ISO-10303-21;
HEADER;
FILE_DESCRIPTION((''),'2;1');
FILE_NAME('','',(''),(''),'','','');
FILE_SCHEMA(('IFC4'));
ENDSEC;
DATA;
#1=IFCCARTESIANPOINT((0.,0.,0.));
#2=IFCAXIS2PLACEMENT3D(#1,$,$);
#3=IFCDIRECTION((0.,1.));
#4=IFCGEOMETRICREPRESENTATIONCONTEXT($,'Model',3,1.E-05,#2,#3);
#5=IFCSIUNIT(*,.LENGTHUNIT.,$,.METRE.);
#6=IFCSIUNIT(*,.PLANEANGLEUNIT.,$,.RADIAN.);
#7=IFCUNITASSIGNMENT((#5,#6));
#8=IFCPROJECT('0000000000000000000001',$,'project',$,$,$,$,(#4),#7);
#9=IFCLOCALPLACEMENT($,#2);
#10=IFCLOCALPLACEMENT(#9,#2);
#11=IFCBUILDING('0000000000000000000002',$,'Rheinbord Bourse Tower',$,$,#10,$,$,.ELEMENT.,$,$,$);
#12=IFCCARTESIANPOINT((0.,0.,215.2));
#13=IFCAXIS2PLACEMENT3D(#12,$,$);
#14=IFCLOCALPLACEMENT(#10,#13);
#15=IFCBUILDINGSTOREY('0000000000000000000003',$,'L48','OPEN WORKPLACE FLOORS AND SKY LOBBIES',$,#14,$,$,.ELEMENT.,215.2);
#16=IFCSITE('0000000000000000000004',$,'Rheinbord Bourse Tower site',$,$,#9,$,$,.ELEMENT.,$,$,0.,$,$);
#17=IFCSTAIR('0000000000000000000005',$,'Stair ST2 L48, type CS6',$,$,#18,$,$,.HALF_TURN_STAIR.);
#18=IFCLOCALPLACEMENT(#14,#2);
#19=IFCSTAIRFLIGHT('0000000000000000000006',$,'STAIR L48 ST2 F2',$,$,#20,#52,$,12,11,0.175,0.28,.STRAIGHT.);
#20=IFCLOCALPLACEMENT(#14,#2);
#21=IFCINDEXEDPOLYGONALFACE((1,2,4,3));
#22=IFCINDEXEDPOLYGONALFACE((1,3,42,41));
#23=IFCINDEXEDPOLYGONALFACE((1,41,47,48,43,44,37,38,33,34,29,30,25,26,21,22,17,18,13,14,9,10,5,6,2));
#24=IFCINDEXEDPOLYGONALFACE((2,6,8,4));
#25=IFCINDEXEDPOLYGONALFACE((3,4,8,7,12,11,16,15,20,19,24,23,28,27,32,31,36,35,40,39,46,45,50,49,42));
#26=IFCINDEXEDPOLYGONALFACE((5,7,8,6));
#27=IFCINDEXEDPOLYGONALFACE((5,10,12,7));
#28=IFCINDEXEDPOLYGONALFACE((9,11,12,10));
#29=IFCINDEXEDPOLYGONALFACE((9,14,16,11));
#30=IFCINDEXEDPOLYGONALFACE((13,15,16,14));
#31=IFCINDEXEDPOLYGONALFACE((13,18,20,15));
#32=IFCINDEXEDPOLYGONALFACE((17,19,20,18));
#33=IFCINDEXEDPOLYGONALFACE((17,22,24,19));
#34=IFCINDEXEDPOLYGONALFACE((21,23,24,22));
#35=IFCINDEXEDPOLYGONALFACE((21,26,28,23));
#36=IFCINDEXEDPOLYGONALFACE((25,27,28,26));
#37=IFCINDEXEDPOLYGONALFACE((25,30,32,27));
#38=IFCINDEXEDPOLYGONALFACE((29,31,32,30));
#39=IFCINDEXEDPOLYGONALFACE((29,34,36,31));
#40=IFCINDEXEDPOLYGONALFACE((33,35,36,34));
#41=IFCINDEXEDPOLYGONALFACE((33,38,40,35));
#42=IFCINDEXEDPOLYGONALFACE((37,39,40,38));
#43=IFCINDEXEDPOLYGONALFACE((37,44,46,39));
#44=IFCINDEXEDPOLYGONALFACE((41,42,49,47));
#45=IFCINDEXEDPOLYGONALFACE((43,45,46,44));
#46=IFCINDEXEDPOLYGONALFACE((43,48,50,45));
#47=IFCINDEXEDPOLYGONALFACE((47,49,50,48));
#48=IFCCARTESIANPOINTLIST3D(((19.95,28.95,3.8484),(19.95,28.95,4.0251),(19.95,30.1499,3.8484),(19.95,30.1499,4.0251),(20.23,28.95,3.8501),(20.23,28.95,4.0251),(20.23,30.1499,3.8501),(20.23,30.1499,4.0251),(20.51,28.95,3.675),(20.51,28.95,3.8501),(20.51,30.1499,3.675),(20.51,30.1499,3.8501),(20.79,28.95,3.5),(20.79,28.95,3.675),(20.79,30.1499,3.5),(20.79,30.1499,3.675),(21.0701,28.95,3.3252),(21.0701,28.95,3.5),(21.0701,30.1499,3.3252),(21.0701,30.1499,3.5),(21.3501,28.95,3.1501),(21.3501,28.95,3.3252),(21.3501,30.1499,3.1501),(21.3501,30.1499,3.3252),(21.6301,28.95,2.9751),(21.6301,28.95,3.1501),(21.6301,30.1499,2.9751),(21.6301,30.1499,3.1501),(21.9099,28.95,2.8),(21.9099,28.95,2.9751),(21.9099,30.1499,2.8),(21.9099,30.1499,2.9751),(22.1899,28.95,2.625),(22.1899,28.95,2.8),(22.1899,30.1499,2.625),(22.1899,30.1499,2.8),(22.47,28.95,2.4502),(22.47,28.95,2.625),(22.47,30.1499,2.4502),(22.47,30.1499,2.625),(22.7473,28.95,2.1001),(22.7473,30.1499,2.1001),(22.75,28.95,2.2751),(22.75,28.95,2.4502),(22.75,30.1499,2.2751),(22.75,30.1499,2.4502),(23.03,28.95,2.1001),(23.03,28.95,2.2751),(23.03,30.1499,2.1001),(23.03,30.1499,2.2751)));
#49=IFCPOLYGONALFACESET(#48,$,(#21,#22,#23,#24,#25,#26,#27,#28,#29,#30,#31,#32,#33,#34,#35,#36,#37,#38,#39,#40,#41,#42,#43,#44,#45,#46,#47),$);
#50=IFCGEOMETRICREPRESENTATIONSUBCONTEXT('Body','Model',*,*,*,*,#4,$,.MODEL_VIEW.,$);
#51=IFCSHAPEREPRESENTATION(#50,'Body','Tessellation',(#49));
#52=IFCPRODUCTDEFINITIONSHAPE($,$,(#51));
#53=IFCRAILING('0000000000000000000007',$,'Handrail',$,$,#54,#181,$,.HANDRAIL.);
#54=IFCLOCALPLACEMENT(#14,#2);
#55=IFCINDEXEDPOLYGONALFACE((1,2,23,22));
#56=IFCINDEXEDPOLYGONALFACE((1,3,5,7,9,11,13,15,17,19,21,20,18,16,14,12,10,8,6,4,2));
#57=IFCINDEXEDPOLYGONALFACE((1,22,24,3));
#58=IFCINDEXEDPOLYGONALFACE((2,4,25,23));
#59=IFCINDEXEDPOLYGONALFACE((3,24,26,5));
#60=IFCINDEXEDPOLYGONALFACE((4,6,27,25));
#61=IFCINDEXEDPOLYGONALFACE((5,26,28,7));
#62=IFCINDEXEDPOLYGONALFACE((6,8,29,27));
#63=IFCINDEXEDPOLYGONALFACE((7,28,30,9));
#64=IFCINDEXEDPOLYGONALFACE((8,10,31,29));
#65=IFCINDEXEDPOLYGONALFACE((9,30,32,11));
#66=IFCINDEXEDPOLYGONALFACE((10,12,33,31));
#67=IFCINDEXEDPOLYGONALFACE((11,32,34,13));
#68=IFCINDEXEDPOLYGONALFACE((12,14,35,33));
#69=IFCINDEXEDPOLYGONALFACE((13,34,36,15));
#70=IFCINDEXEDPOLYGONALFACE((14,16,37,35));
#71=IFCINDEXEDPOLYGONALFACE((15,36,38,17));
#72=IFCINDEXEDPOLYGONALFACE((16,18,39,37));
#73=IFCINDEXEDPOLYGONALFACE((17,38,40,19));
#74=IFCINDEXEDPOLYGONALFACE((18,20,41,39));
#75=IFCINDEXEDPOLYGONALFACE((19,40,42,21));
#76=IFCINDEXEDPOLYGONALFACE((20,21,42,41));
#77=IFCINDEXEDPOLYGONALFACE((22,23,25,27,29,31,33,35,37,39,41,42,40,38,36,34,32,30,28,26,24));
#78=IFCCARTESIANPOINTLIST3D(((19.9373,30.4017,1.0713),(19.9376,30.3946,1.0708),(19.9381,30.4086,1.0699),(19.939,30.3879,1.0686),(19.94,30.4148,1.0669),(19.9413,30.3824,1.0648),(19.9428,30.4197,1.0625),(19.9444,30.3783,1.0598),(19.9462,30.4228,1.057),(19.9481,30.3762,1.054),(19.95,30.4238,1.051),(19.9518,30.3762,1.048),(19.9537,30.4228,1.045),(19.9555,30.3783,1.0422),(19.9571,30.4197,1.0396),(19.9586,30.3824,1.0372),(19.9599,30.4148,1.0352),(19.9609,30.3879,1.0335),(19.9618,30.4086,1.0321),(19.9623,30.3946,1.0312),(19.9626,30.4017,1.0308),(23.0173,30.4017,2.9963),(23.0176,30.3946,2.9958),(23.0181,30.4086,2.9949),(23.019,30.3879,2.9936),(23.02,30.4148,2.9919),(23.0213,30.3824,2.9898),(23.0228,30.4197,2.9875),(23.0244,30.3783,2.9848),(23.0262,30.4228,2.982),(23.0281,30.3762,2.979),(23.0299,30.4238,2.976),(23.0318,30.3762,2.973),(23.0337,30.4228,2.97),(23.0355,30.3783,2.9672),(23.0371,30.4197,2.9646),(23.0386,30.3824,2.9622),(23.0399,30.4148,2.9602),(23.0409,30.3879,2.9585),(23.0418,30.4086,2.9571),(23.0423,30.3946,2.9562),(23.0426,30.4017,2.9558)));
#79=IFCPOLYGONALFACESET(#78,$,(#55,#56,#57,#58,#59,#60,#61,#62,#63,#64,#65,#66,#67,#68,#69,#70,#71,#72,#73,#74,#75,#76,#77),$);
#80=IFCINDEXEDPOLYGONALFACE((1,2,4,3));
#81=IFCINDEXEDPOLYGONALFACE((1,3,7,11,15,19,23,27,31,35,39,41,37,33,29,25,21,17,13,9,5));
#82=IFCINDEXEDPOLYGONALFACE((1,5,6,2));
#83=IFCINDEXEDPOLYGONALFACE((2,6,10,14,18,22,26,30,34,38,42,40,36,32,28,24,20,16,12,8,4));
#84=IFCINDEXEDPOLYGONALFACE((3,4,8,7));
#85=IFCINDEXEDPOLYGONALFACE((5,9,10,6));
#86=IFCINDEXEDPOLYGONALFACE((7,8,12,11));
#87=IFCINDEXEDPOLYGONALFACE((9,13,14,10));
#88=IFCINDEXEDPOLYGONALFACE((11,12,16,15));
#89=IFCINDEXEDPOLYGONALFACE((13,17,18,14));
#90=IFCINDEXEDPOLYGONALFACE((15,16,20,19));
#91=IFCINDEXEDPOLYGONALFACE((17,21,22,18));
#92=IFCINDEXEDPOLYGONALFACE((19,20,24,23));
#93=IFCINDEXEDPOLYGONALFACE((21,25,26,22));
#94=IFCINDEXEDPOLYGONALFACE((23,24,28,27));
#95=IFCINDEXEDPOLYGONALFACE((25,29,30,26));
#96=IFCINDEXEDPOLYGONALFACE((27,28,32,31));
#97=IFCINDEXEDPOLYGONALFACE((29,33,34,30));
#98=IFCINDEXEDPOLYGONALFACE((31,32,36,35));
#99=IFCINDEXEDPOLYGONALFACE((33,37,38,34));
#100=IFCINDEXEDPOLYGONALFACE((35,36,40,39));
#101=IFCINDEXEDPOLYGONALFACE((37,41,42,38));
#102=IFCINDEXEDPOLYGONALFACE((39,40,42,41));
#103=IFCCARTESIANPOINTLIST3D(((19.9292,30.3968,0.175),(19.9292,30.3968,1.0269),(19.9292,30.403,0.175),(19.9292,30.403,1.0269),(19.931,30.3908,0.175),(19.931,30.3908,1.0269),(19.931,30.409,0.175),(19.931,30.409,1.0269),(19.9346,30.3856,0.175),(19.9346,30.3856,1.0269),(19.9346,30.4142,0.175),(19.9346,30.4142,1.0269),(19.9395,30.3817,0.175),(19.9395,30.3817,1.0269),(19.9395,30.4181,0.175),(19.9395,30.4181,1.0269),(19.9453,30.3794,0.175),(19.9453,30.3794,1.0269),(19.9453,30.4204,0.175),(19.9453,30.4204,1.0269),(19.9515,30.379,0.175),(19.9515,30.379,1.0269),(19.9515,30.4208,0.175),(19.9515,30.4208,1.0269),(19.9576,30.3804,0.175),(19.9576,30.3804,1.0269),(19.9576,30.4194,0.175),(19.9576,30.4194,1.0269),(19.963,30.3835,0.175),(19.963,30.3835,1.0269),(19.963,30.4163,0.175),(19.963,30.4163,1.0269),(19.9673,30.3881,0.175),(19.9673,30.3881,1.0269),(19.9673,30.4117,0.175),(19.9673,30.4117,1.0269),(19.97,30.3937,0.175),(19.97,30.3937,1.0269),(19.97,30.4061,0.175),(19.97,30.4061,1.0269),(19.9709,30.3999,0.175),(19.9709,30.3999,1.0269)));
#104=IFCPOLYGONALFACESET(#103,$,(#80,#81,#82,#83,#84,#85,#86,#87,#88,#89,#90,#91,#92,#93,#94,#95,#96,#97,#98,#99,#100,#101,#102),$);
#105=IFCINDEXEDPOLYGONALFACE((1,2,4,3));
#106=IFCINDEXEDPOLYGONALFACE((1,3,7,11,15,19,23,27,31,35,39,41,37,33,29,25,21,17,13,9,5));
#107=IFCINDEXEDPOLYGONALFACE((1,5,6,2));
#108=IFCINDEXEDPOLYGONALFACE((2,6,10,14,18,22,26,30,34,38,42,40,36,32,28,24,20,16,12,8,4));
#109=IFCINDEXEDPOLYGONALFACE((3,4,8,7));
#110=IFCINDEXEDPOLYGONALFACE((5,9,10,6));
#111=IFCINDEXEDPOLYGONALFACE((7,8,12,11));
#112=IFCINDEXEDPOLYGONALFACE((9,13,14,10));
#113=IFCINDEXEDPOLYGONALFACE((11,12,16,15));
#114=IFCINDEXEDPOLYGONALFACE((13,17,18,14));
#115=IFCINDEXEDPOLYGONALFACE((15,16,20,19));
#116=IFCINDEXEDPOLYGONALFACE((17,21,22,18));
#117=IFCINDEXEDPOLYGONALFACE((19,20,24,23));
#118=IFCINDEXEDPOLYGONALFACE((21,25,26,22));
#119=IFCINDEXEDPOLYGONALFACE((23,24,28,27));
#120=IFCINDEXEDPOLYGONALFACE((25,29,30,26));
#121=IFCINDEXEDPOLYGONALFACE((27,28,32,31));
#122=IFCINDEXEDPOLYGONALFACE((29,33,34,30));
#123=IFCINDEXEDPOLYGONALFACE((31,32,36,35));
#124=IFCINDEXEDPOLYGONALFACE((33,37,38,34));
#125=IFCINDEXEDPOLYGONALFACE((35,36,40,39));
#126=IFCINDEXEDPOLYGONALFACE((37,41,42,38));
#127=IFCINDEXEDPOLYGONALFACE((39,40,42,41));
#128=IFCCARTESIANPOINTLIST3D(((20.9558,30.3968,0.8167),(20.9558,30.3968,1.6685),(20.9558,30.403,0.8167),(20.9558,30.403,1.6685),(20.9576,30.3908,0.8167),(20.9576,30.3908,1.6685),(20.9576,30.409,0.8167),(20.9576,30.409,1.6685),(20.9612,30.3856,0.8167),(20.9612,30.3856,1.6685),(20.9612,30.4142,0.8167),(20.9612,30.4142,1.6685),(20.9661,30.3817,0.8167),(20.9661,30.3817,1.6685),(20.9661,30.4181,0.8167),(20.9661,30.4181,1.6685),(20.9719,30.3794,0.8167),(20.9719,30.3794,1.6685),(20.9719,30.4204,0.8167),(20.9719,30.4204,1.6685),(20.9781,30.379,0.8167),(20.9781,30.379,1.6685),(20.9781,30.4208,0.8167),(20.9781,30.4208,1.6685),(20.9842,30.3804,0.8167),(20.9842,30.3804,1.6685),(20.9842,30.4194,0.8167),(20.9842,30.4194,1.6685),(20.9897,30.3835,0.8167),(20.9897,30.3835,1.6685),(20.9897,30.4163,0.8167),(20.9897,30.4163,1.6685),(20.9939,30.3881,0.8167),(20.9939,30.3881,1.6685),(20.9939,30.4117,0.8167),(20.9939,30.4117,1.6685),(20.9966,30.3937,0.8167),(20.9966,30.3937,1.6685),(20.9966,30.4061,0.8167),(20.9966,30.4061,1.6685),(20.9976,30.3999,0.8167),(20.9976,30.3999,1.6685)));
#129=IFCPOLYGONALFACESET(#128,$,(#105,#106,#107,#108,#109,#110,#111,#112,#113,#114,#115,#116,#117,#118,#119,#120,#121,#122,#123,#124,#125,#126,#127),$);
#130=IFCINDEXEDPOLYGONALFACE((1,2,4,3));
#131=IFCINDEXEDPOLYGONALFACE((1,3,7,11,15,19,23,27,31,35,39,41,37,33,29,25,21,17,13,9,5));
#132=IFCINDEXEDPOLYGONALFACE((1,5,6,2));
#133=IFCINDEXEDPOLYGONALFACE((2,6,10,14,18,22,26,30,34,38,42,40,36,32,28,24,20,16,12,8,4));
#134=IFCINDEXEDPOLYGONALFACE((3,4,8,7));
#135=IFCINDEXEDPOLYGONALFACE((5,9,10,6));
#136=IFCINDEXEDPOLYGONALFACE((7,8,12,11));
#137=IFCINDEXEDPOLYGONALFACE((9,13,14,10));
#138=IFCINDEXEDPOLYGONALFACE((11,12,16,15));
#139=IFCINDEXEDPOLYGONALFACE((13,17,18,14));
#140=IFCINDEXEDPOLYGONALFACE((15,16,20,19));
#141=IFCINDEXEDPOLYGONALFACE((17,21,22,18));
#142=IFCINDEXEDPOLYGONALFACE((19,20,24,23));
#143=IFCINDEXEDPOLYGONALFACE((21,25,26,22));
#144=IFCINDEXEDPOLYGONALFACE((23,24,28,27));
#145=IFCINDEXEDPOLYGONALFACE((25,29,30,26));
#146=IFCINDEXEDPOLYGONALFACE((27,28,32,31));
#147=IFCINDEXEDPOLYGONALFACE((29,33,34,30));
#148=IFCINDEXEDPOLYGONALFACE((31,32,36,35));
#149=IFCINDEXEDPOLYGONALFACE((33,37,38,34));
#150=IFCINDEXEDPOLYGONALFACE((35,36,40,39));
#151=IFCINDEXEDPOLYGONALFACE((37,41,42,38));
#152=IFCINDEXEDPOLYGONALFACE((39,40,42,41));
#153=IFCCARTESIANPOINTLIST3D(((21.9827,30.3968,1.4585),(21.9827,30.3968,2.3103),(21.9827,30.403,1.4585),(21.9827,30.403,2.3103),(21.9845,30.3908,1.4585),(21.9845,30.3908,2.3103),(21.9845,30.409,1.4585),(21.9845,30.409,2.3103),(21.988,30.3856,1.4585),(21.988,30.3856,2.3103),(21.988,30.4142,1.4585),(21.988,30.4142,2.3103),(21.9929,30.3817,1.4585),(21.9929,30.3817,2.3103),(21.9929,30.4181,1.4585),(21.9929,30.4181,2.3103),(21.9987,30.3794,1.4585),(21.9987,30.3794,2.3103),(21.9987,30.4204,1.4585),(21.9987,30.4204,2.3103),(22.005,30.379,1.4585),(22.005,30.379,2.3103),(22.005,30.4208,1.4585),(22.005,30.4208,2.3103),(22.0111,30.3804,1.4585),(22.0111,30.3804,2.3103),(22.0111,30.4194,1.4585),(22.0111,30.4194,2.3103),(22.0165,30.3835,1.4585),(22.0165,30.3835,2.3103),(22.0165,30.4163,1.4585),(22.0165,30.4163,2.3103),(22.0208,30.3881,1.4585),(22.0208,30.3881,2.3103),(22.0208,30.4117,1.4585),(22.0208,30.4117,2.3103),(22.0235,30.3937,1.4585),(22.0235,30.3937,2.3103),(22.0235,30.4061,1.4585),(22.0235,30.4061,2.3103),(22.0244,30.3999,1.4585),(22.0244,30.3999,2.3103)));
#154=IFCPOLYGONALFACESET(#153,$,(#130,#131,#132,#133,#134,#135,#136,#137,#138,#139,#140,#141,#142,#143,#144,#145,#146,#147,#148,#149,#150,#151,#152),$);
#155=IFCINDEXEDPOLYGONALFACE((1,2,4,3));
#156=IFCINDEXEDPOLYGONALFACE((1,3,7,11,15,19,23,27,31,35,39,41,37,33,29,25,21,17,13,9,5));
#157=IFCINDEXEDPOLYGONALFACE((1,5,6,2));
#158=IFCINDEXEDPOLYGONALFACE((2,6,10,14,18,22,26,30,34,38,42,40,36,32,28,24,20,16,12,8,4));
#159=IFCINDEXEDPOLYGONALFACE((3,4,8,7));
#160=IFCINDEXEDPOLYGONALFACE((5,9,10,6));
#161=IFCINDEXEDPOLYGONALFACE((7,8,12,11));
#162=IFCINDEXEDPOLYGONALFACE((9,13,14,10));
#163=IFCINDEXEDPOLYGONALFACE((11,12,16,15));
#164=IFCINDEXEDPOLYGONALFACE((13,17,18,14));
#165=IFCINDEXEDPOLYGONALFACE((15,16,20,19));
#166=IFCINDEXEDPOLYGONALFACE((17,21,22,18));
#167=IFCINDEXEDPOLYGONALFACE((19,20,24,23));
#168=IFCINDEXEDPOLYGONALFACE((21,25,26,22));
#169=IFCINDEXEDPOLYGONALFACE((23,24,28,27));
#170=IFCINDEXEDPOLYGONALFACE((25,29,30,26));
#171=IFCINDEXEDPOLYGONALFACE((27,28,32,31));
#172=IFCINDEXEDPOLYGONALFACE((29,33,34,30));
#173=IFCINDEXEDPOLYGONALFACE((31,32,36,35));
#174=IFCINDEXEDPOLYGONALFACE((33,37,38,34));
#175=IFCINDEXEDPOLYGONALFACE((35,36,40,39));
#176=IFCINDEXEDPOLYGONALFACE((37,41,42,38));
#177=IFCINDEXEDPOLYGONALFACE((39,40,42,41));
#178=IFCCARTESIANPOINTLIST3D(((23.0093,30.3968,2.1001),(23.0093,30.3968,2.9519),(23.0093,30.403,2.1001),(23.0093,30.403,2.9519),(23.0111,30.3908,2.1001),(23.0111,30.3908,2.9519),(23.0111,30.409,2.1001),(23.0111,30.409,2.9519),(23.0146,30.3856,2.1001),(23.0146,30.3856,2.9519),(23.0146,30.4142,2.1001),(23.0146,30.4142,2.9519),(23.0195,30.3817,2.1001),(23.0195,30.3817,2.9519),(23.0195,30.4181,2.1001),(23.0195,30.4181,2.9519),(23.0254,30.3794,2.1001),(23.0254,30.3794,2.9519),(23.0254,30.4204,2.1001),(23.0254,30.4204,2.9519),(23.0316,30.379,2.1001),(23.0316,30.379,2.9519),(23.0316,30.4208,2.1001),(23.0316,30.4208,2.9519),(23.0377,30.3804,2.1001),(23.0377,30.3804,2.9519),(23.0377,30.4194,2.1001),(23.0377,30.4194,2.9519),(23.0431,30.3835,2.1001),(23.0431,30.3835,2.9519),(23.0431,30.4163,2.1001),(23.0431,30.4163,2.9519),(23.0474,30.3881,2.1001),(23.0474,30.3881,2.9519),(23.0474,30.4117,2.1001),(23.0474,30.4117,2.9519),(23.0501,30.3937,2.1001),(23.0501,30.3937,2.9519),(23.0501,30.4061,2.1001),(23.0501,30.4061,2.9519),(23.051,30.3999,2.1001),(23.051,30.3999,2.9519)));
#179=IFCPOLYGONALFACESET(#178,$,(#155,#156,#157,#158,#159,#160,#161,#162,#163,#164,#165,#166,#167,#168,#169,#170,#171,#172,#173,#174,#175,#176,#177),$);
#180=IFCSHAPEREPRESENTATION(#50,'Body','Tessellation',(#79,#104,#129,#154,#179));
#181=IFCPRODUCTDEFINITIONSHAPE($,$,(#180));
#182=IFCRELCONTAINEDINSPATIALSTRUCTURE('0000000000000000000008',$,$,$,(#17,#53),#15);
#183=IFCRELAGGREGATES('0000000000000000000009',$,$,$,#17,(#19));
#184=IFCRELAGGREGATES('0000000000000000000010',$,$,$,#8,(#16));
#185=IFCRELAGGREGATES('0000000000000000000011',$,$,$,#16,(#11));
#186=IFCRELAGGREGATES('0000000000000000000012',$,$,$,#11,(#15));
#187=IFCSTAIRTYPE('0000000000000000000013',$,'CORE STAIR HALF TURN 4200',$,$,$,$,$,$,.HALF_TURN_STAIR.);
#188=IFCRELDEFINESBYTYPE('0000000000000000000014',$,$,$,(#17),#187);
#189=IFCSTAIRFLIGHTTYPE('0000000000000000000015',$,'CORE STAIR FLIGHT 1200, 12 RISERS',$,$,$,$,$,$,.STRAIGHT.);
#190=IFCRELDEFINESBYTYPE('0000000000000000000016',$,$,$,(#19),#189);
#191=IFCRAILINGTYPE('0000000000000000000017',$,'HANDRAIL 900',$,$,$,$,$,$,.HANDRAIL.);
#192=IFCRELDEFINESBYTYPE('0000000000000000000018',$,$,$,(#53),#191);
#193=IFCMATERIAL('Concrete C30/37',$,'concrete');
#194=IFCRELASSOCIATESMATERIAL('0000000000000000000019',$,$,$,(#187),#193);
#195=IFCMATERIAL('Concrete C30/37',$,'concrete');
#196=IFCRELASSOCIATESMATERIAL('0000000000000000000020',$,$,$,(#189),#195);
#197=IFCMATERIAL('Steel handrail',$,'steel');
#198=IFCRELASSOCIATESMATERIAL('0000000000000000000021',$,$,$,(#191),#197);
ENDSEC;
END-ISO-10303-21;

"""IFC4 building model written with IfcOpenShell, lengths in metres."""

from ifc_helpers import new_model, si_unit, direction, frame, origin, origin_2d, place, context, subcontext, project, spatial, polyline, circle, outline, extrude, material, type_object, element, aggregate, save


model = new_model("IFC4")

# Units and contexts
model_context = context("Model", 3, precision=1e-05, world=origin(), true_north=direction((0.0, 1.0)))
body_context = subcontext(model_context, "Body", "Model", "MODEL_VIEW")
ifc_project = project(units=[si_unit("LENGTHUNIT", "METRE"), si_unit("PLANEANGLEUNIT", "RADIAN")], contexts=[model_context])

# Site, building, storey
site_placement = place(None, origin())
site = spatial("IfcSite", under=ifc_project, at=site_placement, Name="Rheinbord Bourse Tower site", CompositionType="ELEMENT", RefElevation=0.0)
building_placement = place(site_placement, origin())
building = spatial("IfcBuilding", under=site, at=building_placement, Name="Rheinbord Bourse Tower", CompositionType="ELEMENT")
storey_placement = place(building_placement, frame((0.0, 0.0, 215.2)))
storey = spatial("IfcBuildingStorey", under=building, at=storey_placement, Name="L48", Description="OPEN WORKPLACE FLOORS AND SKY LOBBIES", CompositionType="ELEMENT", Elevation=215.2)

# Stair, stair flight
ifc_material_1 = material(Name="Concrete C30/37", Category="concrete")
stair_type = type_object("IfcStairType", Name="CORE STAIR HALF TURN 4200", PredefinedType="HALF_TURN_STAIR", material=ifc_material_1)
stair_placement = place(storey_placement, origin())
stair = element("IfcStair", 1, at=stair_placement, inside=storey, type_object=stair_type, Name="Stair ST2 L48, type CS6", PredefinedType="HALF_TURN_STAIR")
ifc_material_2 = material(Name="Concrete C30/37", Category="concrete")
stair_flight_type = type_object("IfcStairFlightType", Name="CORE STAIR FLIGHT 1200, 12 RISERS", PredefinedType="STRAIGHT", material=ifc_material_2)
stair_flight_1_placement = place(storey_placement, frame((23.03, 29.55, 2.1001), z_axis=(0.0, 0.0, 1.0), x_axis=(-1.0, 0.0, 0.0)))
stair_flight_1 = element("IfcStairFlight", 2, at=stair_flight_1_placement, type_object=stair_flight_type, Name="STAIR L48 ST2 F2", NumberOfRisers=12, NumberOfTreads=11, PredefinedType="STRAIGHT", RiserHeight=0.175, TreadLength=0.28, context=body_context, shape_type="SweptSolid", body=[
    extrude(outline(polyline([(0.0, 0.0), (0.0, 0.175), (0.28, 0.175), (0.28, 0.3501), (0.5601, 0.3501), (0.5601, 0.5249), (0.8401, 0.5249), (0.8401, 0.7), (1.1201, 0.7), (1.1201, 0.875), (1.3999, 0.875), (1.3999, 1.05), (1.6799, 1.05), (1.6799, 1.2251), (1.96, 1.2251), (1.96, 1.3999), (2.24, 1.3999), (2.24, 1.575), (2.52, 1.575), (2.52, 1.75), (2.8, 1.75), (2.8, 1.925), (3.0801, 1.925), (3.0801, 2.1001), (3.0801, 1.7483), (0.2827, 0.0), (0.0, 0.0)])), frame((0.0, 0.6001, 0.0), z_axis=(0.0, -1.0, 0.0), x_axis=(1.0, 0.0, 0.0)), (0.0, 0.0, 1.0), 1.2),
])
aggregate(stair, [stair_flight_1])

# Railing
ifc_material_3 = material(Name="Steel handrail", Category="steel")
railing_type = type_object("IfcRailingType", Name="HANDRAIL 900", PredefinedType="HANDRAIL", material=ifc_material_3)
railing_1_placement = place(storey_placement, frame((19.95, 30.3999, 0.175)))
element("IfcRailing", 3, at=railing_1_placement, inside=storey, type_object=railing_type, Name="Handrail", PredefinedType="HANDRAIL", context=body_context, shape_type="SweptSolid", body=[
    extrude(circle(Radius=0.0239, at=origin_2d()), frame((0.0, 0.0, 0.876), z_axis=(0.847998, 0.0, 0.529999), x_axis=(0.0, 1.0, 0.0)), (0.0, 0.0, 1.0), 3.6321),
    extrude(circle(Radius=0.021, at=origin_2d()), origin(), (0.0, 0.0, 1.0), 0.8518),
    extrude(circle(Radius=0.021, at=origin_2d()), frame((1.0266, 0.0, 0.6416)), (0.0, 0.0, 1.0), 0.8518),
    extrude(circle(Radius=0.021, at=origin_2d()), frame((2.0535, 0.0, 1.2834)), (0.0, 0.0, 1.0), 0.8518),
    extrude(circle(Radius=0.021, at=origin_2d()), frame((3.0801, 0.0, 1.925)), (0.0, 0.0, 1.0), 0.8518),
])

save(model, "model.ifc")
